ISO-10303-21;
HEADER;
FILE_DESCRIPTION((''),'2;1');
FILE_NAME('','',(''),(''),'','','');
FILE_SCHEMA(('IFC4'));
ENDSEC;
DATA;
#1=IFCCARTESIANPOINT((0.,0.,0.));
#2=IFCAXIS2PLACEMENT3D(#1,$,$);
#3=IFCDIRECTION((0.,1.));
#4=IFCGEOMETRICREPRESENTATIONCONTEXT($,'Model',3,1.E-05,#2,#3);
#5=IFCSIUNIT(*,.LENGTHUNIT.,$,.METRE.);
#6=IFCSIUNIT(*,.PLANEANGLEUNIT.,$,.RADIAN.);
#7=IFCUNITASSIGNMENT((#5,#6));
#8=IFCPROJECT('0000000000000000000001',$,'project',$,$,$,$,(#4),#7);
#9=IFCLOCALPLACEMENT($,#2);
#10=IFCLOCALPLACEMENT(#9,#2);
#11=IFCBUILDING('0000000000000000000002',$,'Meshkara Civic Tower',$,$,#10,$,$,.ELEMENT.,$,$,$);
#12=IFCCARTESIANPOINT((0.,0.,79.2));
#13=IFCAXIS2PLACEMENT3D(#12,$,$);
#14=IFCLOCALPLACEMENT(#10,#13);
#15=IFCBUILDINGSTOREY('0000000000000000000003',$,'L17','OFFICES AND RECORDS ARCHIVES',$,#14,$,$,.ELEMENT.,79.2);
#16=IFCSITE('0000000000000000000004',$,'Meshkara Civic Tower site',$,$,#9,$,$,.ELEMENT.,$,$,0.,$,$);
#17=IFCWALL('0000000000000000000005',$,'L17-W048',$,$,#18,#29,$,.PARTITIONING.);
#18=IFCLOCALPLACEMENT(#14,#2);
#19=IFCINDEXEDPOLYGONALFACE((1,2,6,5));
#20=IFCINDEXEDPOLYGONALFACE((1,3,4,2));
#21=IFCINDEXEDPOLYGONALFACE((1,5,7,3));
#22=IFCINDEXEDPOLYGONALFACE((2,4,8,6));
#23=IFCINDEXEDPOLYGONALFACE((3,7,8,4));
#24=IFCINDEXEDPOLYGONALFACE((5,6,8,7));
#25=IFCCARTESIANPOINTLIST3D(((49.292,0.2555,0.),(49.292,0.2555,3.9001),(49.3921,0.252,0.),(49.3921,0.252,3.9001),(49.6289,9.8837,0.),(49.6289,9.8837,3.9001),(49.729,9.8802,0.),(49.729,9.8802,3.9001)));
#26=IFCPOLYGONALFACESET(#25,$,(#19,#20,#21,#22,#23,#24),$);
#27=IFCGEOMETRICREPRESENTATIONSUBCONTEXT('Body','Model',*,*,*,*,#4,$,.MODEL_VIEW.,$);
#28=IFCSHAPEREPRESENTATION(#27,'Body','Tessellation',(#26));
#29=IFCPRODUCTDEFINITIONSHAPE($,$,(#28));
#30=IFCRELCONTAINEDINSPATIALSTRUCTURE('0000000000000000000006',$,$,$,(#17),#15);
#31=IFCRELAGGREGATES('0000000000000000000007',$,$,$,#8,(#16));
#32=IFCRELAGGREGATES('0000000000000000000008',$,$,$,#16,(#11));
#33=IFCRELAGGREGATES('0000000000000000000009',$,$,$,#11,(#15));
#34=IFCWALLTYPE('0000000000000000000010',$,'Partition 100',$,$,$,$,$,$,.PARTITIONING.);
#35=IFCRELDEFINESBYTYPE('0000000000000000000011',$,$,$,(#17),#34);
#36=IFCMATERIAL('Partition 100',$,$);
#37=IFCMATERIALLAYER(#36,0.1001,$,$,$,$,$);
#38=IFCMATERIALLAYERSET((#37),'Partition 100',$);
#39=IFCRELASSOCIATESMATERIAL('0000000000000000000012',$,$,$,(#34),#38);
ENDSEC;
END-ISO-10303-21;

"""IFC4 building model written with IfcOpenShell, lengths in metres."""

from ifc_helpers import new_model, si_unit, direction, frame, frame_2d, origin, place, context, subcontext, project, spatial, rectangle, extrude, material, layer, layer_set, type_object, element, save


model = new_model("IFC4")

# Units and contexts
model_context = context("Model", 3, precision=1e-05, world=origin(), true_north=direction((0.0, 1.0)))
body_context = subcontext(model_context, "Body", "Model", "MODEL_VIEW")
ifc_project = project(units=[si_unit("LENGTHUNIT", "METRE"), si_unit("PLANEANGLEUNIT", "RADIAN")], contexts=[model_context])

# Site, building, storey
site_placement = place(None, origin())
site = spatial("IfcSite", under=ifc_project, at=site_placement, Name="Meshkara Civic Tower site", CompositionType="ELEMENT", RefElevation=0.0)
building_placement = place(site_placement, origin())
building = spatial("IfcBuilding", under=site, at=building_placement, Name="Meshkara Civic Tower", CompositionType="ELEMENT")
storey_placement = place(building_placement, frame((0.0, 0.0, 79.2)))
storey = spatial("IfcBuildingStorey", under=building, at=storey_placement, Name="L17", Description="OFFICES AND RECORDS ARCHIVES", CompositionType="ELEMENT", Elevation=79.2)

# Wall
ifc_material_1 = material(Name="Partition 100")
ifc_layer_1 = layer(ifc_material_1, 0.1001)
ifc_layer_set_1 = layer_set([ifc_layer_1], Name="Partition 100")
wall_type_1 = type_object("IfcWallType", Name="Partition 100", PredefinedType="PARTITIONING", material=ifc_layer_set_1)
wall_1_placement = place(storey_placement, frame((49.342, 0.2539, 0.0), z_axis=(0.0, 0.0, 1.0), x_axis=(0.034971, 0.999388, 0.0)))
element("IfcWall", 1, at=wall_1_placement, inside=storey, type_object=wall_type_1, Name="L17-W048", PredefinedType="PARTITIONING", context=body_context, shape_type="SweptSolid", body=[
    extrude(rectangle(XDim=9.634, YDim=0.1001, at=frame_2d((4.8169, 0.0))), origin(), (0.0, 0.0, 1.0), 3.9001),
])

save(model, "model.ifc")
